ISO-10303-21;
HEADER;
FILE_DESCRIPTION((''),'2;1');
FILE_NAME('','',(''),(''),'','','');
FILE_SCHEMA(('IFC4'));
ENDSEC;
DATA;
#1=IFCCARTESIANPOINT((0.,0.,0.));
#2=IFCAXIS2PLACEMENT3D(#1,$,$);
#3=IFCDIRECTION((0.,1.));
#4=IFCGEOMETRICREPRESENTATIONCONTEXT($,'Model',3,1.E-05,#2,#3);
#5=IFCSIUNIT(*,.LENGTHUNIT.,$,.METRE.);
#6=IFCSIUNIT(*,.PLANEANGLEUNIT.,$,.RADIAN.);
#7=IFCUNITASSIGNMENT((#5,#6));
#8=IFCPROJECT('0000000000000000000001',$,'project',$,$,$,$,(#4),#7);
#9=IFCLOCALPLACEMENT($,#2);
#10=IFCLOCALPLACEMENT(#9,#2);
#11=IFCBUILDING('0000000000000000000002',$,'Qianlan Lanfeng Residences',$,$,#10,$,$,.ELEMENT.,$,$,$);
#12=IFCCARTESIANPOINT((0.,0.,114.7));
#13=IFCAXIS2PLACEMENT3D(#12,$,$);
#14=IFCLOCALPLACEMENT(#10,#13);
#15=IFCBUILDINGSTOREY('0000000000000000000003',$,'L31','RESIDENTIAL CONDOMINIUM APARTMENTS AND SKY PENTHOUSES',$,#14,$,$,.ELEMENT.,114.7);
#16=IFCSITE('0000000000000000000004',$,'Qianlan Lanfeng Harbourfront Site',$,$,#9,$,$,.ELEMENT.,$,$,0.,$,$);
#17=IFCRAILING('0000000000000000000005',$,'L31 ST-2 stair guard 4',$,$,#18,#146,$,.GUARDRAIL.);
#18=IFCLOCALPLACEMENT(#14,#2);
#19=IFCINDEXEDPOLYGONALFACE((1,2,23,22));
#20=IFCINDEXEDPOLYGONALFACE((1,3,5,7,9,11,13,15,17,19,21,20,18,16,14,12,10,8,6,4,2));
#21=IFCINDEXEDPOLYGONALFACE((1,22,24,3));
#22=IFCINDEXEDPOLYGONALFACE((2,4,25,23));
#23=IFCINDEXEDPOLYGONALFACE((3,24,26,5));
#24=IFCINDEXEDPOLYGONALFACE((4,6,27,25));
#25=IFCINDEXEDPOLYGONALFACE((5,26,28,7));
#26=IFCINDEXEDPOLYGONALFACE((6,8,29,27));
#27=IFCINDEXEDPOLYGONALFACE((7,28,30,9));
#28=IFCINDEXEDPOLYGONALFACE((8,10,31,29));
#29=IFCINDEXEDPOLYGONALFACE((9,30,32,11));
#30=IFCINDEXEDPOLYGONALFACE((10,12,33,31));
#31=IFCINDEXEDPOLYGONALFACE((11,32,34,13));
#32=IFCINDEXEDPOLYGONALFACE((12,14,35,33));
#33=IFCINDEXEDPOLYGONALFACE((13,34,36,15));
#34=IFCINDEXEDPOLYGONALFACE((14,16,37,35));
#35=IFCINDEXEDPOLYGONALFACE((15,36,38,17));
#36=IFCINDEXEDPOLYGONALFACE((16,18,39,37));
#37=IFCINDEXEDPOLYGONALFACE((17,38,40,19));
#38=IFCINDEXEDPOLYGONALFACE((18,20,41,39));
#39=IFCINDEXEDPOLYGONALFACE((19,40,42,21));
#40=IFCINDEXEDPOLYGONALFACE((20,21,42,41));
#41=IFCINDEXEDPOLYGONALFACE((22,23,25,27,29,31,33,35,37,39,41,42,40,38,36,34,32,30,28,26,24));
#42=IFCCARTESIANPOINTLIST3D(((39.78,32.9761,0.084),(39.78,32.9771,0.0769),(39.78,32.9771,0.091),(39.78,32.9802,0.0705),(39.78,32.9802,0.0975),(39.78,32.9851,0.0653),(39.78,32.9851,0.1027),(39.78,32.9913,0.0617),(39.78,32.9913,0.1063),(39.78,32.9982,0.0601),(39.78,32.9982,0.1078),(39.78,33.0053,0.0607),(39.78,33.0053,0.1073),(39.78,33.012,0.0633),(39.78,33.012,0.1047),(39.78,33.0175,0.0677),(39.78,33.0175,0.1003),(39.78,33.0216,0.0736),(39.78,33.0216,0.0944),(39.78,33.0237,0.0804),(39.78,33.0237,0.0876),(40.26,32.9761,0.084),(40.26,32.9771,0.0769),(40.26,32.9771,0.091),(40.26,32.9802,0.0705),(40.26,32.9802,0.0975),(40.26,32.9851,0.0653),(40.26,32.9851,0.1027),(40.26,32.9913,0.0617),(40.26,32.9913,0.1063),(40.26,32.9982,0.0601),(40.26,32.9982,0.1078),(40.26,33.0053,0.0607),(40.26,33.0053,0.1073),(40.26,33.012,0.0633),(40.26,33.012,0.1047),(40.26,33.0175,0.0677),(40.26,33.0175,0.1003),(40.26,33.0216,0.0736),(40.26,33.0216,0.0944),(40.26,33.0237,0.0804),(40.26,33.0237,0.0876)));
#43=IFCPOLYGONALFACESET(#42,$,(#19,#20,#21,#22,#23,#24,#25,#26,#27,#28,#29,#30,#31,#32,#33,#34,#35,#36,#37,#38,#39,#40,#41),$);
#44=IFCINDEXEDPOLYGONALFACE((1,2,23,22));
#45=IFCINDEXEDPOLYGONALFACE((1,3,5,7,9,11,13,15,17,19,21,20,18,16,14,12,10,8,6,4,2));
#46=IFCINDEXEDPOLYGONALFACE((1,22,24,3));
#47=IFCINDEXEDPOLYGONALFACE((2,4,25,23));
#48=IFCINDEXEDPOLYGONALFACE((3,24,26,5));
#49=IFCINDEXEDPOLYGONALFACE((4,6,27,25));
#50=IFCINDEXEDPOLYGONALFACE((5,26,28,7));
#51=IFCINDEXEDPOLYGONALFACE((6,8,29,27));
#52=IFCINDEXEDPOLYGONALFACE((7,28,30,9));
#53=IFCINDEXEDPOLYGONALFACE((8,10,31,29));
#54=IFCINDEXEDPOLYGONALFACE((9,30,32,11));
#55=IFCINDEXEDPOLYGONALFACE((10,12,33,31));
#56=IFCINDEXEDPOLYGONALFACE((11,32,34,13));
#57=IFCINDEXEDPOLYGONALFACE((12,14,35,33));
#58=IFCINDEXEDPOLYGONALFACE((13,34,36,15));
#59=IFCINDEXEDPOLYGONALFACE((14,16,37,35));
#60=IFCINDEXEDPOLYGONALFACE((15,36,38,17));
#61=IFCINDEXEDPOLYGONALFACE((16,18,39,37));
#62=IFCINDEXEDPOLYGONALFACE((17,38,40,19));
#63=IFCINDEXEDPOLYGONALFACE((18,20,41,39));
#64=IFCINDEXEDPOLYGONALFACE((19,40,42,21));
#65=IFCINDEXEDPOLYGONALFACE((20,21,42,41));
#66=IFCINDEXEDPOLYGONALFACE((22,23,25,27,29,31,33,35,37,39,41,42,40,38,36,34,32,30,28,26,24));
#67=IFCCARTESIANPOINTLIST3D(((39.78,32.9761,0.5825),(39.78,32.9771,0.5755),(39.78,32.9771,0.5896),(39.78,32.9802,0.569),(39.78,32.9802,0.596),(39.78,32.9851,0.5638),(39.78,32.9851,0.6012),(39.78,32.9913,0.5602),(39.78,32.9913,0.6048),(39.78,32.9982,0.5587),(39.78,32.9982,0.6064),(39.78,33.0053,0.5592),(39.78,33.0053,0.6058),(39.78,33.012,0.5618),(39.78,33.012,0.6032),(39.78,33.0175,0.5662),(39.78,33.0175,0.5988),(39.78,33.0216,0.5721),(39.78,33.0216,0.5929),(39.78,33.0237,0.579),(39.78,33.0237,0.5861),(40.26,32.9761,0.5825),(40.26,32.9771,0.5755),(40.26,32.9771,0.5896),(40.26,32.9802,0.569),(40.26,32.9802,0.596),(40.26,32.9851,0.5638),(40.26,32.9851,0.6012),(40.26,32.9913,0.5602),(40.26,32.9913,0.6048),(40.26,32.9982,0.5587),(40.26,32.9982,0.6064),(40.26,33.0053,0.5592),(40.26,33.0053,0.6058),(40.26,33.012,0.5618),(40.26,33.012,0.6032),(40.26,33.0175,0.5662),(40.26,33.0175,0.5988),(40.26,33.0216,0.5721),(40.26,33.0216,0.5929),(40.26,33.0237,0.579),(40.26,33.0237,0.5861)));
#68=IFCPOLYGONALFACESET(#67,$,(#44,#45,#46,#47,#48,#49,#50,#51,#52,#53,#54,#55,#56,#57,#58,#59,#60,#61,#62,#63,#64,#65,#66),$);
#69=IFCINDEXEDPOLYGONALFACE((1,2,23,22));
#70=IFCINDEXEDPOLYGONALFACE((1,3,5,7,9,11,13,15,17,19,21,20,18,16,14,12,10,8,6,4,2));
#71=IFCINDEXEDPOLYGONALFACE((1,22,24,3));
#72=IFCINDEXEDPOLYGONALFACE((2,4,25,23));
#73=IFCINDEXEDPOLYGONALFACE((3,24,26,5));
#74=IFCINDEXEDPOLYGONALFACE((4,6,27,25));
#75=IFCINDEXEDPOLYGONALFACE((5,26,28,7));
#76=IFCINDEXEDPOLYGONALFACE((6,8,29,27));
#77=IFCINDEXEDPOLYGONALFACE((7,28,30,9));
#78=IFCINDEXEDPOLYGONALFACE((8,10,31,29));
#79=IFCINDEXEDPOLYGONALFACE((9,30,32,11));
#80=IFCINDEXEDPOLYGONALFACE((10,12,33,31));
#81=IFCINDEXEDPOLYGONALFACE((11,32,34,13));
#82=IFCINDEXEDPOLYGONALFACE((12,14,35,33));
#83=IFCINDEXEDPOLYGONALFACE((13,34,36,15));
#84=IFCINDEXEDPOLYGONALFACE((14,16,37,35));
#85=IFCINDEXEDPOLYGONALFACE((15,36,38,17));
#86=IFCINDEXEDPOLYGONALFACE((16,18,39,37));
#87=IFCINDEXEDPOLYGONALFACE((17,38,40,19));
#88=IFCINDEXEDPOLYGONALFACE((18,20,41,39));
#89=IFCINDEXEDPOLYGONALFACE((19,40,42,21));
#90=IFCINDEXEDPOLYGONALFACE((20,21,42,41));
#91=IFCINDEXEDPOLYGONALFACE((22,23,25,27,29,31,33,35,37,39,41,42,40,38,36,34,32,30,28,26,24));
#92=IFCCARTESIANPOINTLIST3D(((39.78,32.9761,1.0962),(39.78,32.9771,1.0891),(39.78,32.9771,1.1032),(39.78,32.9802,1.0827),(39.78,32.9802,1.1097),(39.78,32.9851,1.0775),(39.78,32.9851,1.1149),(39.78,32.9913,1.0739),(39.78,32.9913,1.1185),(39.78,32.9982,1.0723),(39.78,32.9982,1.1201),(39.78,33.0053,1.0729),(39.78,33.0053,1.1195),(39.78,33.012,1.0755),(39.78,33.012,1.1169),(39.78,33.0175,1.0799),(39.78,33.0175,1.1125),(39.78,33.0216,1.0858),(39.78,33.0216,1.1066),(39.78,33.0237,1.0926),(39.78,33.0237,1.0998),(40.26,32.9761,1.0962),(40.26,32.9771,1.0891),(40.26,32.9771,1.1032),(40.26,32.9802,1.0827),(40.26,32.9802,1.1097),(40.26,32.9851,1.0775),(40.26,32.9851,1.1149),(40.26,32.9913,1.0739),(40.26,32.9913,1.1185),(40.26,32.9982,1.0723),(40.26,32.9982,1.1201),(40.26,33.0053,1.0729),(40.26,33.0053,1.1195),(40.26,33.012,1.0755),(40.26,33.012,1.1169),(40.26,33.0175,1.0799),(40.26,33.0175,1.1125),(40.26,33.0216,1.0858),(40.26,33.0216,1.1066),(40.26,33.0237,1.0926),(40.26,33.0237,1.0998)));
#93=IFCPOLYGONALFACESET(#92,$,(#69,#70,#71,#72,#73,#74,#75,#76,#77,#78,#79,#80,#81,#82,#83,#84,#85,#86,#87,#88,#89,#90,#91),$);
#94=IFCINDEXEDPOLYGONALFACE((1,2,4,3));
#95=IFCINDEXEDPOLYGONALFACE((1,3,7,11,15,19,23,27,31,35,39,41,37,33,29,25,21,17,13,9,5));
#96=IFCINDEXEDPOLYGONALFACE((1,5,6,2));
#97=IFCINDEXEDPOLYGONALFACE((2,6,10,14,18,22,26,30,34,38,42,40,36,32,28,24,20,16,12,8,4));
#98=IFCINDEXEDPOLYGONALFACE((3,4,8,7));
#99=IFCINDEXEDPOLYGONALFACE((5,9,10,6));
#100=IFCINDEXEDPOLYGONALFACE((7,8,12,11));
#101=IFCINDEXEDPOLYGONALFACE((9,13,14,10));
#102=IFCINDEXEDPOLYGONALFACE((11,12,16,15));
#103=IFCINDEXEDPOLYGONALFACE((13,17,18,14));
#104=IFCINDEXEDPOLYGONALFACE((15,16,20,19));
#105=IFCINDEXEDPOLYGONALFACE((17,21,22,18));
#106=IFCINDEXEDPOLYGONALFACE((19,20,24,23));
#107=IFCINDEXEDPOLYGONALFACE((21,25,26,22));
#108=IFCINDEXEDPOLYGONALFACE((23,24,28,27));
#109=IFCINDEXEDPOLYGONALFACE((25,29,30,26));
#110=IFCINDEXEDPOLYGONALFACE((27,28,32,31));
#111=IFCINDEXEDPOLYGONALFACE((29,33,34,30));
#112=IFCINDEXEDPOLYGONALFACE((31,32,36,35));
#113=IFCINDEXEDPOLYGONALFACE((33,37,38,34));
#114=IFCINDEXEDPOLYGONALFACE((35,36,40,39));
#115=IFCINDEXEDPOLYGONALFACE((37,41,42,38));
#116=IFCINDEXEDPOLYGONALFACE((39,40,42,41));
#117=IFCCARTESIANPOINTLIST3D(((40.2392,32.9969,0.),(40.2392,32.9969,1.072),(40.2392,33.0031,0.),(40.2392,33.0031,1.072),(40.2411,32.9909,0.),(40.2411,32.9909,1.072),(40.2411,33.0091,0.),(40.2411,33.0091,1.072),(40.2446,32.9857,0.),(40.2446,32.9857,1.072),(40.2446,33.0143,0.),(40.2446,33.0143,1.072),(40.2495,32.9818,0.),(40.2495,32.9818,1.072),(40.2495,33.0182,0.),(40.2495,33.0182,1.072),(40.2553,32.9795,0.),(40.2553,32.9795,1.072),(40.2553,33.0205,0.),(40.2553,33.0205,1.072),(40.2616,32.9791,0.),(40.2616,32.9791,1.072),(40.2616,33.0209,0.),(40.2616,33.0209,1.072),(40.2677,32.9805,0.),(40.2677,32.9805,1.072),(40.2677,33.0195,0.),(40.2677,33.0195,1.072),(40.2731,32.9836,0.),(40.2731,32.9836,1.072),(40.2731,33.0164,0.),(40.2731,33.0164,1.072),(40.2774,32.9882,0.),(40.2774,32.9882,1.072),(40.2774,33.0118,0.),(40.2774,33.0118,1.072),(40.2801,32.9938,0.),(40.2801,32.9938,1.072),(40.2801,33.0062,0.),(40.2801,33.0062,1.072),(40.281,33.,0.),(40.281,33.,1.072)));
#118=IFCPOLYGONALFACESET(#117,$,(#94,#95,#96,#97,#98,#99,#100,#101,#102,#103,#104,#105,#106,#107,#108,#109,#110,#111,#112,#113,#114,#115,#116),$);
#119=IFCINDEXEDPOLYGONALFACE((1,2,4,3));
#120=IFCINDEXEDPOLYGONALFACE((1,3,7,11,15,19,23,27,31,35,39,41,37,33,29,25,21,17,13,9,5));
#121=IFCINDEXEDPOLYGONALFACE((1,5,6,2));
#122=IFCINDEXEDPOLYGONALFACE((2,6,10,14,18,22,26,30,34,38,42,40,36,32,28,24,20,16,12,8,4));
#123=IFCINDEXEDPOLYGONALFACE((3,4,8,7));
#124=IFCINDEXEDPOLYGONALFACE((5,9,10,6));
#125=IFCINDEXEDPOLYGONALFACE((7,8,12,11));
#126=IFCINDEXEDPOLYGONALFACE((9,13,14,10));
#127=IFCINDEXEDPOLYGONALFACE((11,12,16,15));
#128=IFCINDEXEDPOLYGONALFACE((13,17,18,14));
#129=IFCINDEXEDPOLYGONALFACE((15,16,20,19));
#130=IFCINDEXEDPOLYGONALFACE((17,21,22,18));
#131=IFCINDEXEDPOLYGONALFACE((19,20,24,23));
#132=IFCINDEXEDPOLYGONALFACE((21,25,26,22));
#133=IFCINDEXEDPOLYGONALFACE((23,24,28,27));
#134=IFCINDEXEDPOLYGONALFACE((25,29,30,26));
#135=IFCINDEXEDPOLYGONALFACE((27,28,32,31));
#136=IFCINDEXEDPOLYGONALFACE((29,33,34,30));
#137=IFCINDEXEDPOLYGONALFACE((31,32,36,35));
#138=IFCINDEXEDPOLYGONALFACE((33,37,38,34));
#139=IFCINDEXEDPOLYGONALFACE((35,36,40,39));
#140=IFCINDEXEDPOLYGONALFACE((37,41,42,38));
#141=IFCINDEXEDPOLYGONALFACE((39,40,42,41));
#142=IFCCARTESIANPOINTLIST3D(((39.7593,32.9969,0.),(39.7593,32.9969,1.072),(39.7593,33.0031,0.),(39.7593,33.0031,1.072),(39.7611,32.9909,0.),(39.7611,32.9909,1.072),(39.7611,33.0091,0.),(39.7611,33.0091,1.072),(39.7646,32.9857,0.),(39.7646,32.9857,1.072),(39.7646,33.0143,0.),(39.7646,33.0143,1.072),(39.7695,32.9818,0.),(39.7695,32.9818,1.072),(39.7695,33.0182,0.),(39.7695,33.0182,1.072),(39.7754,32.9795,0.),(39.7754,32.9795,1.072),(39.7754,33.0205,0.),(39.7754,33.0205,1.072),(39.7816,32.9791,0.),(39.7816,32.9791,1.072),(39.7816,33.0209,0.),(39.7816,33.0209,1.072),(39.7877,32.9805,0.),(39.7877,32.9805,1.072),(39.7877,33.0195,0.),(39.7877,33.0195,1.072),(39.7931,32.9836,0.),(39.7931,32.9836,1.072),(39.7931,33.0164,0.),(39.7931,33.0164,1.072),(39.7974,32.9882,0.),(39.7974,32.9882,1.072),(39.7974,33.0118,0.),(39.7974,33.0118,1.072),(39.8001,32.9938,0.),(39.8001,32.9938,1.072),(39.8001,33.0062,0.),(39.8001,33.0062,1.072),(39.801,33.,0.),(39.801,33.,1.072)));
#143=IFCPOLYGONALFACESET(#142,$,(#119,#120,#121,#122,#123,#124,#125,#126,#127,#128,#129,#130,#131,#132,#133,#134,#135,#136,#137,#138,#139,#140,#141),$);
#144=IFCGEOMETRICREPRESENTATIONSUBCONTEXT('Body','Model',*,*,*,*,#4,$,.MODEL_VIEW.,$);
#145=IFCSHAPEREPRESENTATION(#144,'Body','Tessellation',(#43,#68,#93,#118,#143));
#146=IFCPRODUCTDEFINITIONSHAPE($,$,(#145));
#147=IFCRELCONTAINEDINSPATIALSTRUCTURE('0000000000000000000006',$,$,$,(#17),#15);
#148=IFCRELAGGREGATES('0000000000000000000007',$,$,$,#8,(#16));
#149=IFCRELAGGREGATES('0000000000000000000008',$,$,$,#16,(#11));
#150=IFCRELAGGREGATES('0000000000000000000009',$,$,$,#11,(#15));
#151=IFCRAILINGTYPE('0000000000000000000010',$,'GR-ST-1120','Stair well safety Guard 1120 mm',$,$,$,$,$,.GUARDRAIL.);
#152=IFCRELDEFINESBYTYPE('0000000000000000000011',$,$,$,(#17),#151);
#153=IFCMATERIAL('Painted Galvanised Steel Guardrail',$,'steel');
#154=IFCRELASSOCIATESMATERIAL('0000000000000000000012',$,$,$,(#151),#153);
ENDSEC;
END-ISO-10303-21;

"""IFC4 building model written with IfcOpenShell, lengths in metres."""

from ifc_helpers import new_model, si_unit, direction, frame, origin, origin_2d, place, context, subcontext, project, spatial, circle, extrude, material, type_object, element, save


model = new_model("IFC4")

# Units and contexts
model_context = context("Model", 3, precision=1e-05, world=origin(), true_north=direction((0.0, 1.0)))
body_context = subcontext(model_context, "Body", "Model", "MODEL_VIEW")
ifc_project = project(units=[si_unit("LENGTHUNIT", "METRE"), si_unit("PLANEANGLEUNIT", "RADIAN")], contexts=[model_context])

# Site, building, storey
site_placement = place(None, origin())
site = spatial("IfcSite", under=ifc_project, at=site_placement, Name="Qianlan Lanfeng Harbourfront Site", CompositionType="ELEMENT", RefElevation=0.0)
building_placement = place(site_placement, origin())
building = spatial("IfcBuilding", under=site, at=building_placement, Name="Qianlan Lanfeng Residences", CompositionType="ELEMENT")
storey_placement = place(building_placement, frame((0.0, 0.0, 114.7)))
storey = spatial("IfcBuildingStorey", under=building, at=storey_placement, Name="L31", Description="RESIDENTIAL CONDOMINIUM APARTMENTS AND SKY PENTHOUSES", CompositionType="ELEMENT", Elevation=114.7)

# Railing
ifc_material_1 = material(Name="Painted Galvanised Steel Guardrail", Category="steel")
railing_type_1 = type_object("IfcRailingType", Name="GR-ST-1120", Description="Stair well safety Guard 1120 mm", PredefinedType="GUARDRAIL", material=ifc_material_1)
railing_1_placement = place(storey_placement, frame((40.26, 33.0, 0.0)))
element("IfcRailing", 1, at=railing_1_placement, inside=storey, type_object=railing_type_1, Name="L31 ST-2 stair guard 4", PredefinedType="GUARDRAIL", context=body_context, shape_type="SweptSolid", body=[
    extrude(circle(Radius=0.0239, at=origin_2d()), frame((0.0, 0.0, 0.084), z_axis=(-1.0, 0.0, 0.0), x_axis=(0.0, -1.0, 0.0)), (0.0, 0.0, 1.0), 0.48),
    extrude(circle(Radius=0.0239, at=origin_2d()), frame((0.0, 0.0, 0.5825), z_axis=(-1.0, 0.0, 0.0), x_axis=(0.0, -1.0, 0.0)), (0.0, 0.0, 1.0), 0.48),
    extrude(circle(Radius=0.0239, at=origin_2d()), frame((0.0, 0.0, 1.0962), z_axis=(-1.0, 0.0, 0.0), x_axis=(0.0, -1.0, 0.0)), (0.0, 0.0, 1.0), 0.48),
    extrude(circle(Radius=0.021, at=origin_2d()), origin(), (0.0, 0.0, 1.0), 1.072),
    extrude(circle(Radius=0.021, at=origin_2d()), frame((-0.48, 0.0, 0.0)), (0.0, 0.0, 1.0), 1.072),
])

save(model, "model.ifc")
